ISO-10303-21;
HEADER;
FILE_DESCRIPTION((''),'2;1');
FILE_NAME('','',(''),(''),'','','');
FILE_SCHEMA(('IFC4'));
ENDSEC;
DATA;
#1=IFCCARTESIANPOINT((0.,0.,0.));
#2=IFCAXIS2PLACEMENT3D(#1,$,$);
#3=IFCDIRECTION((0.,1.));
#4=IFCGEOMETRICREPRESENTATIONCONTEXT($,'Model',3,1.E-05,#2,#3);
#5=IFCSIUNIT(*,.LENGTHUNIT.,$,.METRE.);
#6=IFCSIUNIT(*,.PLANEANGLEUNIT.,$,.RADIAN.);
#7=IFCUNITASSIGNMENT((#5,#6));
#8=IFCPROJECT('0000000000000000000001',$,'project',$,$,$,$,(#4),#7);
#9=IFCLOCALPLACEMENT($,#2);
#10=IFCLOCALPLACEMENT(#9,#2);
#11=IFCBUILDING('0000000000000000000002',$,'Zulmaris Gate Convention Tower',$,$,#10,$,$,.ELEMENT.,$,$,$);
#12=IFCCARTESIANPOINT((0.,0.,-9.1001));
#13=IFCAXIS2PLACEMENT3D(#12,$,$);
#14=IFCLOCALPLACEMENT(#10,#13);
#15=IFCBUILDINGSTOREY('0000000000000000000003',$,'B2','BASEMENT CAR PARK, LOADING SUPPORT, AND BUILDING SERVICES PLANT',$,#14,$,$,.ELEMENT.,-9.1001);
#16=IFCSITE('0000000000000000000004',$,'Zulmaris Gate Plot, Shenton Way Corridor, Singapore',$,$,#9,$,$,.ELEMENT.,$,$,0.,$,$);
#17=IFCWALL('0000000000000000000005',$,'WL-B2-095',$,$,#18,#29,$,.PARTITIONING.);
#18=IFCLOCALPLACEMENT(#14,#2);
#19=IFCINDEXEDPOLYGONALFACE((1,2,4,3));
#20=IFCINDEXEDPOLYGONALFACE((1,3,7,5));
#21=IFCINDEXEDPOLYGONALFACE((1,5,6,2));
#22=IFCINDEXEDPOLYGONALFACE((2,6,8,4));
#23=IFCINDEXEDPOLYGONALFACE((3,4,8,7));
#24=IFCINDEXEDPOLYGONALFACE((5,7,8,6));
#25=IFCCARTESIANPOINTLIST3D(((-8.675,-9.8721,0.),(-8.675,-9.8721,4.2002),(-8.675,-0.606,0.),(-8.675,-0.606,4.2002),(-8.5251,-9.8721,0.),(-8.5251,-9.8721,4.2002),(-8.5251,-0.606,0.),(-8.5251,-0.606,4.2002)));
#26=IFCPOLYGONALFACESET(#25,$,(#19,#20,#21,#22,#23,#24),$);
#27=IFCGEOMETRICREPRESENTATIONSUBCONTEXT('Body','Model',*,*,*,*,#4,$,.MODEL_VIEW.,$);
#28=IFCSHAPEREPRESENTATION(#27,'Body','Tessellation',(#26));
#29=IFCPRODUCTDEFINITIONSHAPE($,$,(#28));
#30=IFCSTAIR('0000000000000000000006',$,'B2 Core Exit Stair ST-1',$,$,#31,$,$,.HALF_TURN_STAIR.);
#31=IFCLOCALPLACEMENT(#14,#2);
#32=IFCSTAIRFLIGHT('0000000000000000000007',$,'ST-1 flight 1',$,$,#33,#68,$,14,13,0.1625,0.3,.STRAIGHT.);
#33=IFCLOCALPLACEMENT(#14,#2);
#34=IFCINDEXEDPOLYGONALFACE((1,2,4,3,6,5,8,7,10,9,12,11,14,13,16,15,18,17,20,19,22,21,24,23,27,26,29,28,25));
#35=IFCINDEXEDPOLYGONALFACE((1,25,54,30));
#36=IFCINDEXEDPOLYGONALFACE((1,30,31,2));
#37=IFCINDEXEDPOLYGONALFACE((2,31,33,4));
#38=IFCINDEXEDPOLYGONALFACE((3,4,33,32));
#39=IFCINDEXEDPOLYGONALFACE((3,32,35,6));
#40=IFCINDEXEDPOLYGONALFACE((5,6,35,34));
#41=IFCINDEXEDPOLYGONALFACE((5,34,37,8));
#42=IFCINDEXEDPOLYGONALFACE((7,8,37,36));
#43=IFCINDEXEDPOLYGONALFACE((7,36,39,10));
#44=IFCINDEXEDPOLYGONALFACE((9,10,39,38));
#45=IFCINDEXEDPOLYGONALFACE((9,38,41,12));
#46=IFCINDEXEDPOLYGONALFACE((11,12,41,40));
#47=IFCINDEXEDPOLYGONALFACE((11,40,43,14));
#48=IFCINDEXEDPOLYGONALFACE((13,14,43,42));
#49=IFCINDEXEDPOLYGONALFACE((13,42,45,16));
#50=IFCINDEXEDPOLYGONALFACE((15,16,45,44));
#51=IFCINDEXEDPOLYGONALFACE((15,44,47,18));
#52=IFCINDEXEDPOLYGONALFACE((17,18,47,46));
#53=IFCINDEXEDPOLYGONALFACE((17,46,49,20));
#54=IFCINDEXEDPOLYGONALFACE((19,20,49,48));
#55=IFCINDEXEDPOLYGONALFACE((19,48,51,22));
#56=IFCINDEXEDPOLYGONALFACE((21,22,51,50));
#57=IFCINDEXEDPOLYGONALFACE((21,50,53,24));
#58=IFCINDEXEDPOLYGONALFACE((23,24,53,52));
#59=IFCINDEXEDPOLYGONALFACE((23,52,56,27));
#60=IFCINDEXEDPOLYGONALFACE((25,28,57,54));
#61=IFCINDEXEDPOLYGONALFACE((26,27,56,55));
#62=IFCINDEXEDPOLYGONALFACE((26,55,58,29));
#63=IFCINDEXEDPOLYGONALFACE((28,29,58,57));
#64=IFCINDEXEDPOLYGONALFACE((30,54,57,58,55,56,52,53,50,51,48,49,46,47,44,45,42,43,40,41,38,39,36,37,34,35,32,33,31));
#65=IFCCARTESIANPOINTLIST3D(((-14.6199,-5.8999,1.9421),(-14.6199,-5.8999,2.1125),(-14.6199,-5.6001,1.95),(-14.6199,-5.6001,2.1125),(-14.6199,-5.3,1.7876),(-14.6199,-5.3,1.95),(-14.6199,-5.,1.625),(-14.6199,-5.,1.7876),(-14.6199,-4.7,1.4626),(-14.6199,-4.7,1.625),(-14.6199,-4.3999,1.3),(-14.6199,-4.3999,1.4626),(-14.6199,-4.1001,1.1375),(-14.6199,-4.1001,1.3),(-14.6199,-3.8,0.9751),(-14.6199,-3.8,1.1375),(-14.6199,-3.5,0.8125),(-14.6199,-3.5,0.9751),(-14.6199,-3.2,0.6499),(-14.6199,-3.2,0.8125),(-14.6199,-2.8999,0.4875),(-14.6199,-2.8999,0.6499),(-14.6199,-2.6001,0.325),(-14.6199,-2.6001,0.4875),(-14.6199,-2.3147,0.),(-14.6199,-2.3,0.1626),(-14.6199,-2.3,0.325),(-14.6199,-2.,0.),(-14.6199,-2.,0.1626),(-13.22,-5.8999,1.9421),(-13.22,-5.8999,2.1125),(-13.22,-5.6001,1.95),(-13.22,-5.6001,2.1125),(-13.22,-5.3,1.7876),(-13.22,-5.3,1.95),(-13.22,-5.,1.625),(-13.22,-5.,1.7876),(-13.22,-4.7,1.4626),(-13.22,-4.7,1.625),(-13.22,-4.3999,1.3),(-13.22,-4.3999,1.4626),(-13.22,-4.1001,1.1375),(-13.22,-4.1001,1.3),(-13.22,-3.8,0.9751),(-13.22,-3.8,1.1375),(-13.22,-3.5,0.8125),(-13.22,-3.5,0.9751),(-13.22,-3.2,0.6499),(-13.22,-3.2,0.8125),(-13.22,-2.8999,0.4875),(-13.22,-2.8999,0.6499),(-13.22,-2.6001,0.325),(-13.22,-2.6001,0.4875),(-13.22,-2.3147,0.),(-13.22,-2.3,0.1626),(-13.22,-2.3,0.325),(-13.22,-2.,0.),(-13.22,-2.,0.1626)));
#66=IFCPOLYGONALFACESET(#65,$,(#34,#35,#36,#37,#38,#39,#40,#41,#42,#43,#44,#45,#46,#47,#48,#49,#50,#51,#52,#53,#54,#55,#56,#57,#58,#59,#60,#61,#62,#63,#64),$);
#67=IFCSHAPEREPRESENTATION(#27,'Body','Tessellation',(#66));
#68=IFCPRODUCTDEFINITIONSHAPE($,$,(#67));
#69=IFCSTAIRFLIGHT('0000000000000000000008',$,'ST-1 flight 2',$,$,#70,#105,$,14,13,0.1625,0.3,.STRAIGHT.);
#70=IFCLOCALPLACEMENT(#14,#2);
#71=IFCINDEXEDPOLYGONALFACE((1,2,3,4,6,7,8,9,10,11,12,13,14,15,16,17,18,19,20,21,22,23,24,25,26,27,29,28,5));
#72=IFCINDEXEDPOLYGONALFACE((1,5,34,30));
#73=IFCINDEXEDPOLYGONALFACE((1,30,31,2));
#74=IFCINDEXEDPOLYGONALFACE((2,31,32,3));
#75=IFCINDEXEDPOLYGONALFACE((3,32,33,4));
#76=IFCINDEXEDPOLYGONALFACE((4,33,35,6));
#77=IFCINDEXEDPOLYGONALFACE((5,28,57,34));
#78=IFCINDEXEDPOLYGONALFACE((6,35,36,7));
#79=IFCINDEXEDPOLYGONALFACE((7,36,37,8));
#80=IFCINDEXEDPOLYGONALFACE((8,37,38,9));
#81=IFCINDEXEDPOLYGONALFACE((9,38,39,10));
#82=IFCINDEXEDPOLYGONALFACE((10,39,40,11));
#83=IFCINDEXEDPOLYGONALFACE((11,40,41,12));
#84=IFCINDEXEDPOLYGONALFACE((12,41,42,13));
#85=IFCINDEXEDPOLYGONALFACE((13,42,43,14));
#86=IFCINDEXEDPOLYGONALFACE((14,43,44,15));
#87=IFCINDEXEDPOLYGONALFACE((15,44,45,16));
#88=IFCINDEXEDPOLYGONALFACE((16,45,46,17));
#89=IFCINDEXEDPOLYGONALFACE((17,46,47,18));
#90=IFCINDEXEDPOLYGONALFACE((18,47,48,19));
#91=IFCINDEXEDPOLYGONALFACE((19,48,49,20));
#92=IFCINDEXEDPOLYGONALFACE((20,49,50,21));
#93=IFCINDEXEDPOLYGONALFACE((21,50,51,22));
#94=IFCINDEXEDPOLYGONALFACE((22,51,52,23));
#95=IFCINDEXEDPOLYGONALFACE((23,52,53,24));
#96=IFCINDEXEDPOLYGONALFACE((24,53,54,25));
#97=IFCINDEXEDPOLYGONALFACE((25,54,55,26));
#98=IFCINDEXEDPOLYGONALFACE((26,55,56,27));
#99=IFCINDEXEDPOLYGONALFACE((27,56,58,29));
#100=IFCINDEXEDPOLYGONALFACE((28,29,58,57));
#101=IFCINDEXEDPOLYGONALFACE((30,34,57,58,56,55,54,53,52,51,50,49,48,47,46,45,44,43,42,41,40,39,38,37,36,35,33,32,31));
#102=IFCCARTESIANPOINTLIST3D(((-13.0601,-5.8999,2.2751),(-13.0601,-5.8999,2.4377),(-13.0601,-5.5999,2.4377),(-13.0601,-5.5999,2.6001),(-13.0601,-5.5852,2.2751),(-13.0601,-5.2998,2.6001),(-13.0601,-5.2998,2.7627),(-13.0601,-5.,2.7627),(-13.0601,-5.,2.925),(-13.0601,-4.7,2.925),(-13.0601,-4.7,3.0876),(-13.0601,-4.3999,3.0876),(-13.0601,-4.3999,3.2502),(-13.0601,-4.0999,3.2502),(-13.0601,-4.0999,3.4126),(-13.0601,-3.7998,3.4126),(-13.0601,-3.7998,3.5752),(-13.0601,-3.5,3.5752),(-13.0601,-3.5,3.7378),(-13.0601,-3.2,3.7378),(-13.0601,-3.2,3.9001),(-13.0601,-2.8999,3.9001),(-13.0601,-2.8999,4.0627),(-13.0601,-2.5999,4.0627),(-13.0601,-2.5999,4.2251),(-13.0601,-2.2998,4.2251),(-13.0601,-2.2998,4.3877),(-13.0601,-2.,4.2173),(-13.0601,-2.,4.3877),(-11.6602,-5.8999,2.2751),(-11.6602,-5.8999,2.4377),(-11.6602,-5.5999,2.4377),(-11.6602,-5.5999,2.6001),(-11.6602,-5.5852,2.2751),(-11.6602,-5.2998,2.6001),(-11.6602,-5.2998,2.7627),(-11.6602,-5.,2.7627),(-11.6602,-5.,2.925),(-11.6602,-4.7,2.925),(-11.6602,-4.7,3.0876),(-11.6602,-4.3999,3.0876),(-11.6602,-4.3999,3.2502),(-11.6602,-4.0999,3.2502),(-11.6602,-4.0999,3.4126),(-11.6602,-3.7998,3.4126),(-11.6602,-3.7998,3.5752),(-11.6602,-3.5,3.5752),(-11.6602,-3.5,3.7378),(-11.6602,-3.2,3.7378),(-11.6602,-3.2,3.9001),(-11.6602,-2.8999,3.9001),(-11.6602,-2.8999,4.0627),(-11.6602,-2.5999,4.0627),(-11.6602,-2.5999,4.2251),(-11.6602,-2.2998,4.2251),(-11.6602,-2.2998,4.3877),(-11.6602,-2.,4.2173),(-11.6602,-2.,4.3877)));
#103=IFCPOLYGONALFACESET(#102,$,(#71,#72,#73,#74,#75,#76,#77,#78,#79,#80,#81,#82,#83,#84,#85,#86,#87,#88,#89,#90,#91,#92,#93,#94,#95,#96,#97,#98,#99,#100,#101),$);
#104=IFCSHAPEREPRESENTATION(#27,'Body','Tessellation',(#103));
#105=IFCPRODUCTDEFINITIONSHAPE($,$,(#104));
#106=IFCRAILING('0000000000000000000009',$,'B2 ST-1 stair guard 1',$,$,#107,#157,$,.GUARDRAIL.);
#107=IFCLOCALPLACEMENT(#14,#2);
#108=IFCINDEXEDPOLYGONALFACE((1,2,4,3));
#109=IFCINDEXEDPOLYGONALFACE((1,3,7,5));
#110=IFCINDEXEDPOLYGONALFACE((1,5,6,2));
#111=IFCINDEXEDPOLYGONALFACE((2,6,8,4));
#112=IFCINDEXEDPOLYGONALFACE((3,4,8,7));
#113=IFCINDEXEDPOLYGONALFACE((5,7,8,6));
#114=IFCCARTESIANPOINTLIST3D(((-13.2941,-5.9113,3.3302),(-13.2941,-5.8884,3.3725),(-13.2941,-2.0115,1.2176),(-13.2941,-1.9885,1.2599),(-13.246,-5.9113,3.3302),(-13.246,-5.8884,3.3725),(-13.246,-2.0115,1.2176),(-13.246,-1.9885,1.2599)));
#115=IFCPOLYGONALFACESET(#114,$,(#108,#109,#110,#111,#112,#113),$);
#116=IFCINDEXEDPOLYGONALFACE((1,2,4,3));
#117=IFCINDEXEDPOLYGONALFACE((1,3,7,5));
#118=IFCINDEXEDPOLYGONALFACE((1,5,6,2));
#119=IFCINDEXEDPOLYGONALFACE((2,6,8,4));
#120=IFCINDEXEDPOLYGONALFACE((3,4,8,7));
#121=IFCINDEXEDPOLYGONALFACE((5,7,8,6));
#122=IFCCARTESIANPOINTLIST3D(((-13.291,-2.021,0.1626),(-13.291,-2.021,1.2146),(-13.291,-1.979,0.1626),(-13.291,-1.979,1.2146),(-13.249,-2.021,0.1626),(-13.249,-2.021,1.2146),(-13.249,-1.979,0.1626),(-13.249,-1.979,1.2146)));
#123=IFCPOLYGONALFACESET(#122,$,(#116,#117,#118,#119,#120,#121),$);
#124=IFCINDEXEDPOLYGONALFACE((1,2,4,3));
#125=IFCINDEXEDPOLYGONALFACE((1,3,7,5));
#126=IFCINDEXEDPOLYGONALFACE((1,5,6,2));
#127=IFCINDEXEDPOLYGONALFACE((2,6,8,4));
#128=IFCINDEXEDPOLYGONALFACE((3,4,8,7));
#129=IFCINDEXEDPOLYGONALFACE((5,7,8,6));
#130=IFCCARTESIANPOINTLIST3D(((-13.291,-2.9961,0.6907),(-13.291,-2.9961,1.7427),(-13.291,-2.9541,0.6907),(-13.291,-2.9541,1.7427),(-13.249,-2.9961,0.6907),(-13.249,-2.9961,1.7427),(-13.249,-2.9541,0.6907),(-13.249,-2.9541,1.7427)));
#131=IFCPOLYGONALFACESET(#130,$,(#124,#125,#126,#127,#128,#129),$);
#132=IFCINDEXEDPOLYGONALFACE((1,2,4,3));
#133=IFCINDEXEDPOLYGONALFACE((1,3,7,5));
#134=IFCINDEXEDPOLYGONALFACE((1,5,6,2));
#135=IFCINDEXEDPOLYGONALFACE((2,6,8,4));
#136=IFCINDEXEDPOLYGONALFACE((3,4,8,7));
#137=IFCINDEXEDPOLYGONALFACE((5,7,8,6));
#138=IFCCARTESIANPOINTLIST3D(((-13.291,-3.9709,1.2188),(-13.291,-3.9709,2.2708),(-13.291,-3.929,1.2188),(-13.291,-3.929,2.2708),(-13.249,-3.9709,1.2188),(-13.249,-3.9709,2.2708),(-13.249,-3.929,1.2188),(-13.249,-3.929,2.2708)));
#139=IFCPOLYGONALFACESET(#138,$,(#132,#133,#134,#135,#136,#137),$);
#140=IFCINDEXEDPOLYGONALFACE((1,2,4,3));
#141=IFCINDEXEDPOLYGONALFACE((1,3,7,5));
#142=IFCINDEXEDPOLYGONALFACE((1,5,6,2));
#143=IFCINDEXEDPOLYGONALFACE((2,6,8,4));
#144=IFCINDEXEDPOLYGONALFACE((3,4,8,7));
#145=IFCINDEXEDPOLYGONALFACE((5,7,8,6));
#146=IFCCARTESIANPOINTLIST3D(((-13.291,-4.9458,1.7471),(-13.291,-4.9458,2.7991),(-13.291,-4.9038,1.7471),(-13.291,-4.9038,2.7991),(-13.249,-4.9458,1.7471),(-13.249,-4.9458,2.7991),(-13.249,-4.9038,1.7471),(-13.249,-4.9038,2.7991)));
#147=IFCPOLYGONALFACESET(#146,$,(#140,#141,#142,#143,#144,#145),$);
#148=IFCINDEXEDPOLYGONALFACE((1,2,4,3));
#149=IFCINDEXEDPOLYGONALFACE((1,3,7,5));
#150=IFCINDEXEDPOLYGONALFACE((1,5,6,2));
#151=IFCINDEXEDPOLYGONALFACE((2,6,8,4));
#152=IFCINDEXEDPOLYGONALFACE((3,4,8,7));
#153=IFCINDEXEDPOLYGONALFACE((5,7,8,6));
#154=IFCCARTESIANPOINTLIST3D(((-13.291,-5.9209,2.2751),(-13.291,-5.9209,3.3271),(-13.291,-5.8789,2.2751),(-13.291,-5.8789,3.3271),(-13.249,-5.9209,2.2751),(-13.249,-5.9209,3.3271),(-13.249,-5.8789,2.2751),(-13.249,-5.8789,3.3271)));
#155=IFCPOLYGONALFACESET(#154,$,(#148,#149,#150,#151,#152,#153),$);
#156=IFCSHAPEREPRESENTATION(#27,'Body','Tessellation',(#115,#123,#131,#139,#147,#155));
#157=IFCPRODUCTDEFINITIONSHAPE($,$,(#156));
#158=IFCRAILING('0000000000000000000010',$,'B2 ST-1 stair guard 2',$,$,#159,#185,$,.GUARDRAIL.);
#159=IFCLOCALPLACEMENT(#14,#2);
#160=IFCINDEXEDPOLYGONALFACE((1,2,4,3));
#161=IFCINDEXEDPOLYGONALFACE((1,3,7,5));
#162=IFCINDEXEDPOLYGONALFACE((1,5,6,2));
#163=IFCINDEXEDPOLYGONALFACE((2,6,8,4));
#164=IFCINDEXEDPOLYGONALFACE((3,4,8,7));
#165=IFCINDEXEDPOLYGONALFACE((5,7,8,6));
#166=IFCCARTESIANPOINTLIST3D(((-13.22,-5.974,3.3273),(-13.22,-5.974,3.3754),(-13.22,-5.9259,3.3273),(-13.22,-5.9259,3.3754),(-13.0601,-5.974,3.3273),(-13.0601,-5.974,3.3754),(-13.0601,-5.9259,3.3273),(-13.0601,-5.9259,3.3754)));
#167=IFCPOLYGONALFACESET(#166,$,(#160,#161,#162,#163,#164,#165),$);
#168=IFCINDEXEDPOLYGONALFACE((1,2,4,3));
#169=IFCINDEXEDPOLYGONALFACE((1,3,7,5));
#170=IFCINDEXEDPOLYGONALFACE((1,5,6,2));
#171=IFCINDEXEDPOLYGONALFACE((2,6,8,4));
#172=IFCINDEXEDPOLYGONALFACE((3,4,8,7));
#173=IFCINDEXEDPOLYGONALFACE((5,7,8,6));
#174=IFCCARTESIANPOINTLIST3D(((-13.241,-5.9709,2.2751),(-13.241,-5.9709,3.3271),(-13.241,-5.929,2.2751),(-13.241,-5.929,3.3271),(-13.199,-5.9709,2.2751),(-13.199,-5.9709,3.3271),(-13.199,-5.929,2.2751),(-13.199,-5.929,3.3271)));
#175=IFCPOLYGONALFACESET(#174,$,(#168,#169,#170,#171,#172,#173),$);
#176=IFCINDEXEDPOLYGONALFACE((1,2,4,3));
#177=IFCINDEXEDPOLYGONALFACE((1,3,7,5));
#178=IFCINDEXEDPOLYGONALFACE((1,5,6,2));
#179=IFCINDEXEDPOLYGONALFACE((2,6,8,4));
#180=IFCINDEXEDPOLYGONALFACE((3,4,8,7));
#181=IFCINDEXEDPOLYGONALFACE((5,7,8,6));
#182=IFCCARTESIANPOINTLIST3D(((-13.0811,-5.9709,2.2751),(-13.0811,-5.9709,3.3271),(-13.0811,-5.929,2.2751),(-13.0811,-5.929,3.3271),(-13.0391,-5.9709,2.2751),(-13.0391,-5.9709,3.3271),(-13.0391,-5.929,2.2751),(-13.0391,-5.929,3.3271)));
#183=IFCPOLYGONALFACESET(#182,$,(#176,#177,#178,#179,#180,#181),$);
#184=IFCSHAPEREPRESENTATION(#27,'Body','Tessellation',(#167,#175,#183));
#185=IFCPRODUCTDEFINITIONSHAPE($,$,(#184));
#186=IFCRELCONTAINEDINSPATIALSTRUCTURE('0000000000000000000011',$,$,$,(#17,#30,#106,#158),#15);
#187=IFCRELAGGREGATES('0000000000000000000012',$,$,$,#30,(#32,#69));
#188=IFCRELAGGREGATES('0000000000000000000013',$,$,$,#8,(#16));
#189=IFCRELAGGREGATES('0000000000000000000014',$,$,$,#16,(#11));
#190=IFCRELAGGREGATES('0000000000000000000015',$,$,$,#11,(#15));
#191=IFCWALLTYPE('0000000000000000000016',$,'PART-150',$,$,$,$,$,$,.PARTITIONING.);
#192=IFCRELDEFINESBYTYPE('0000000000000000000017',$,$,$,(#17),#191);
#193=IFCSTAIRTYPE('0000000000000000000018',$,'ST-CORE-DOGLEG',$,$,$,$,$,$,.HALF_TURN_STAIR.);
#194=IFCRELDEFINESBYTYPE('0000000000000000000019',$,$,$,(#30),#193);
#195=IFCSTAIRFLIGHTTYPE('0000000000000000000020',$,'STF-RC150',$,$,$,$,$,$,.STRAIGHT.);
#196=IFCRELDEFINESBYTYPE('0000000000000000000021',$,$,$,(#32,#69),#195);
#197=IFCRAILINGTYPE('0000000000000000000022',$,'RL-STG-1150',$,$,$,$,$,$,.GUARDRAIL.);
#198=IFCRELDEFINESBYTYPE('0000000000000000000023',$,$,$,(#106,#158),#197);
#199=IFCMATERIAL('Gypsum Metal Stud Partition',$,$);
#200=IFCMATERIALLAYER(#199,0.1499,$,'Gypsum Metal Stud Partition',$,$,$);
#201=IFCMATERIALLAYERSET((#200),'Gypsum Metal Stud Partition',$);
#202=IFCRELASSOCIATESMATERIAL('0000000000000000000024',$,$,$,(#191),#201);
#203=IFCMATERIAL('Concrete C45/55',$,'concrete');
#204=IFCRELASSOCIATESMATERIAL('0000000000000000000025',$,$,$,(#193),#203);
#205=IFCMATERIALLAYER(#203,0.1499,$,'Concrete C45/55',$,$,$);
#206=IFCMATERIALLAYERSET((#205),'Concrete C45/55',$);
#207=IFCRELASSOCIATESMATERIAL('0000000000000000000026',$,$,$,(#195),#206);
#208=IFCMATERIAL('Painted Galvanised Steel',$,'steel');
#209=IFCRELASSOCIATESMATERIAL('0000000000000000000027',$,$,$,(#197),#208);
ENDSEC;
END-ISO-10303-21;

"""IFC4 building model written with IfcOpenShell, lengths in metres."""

from ifc_helpers import new_model, si_unit, direction, frame, frame_2d, origin, origin_2d, place, context, subcontext, project, spatial, polyline, rectangle, outline, extrude, material, layer, layer_set, type_object, element, aggregate, save


model = new_model("IFC4")

# Units and contexts
model_context = context("Model", 3, precision=1e-05, world=origin(), true_north=direction((0.0, 1.0)))
body_context = subcontext(model_context, "Body", "Model", "MODEL_VIEW")
ifc_project = project(units=[si_unit("LENGTHUNIT", "METRE"), si_unit("PLANEANGLEUNIT", "RADIAN")], contexts=[model_context])

# Site, building, storey
site_placement = place(None, origin())
site = spatial("IfcSite", under=ifc_project, at=site_placement, Name="Zulmaris Gate Plot, Shenton Way Corridor, Singapore", CompositionType="ELEMENT", RefElevation=0.0)
building_placement = place(site_placement, origin())
building = spatial("IfcBuilding", under=site, at=building_placement, Name="Zulmaris Gate Convention Tower", CompositionType="ELEMENT")
storey_placement = place(building_placement, frame((0.0, 0.0, -9.1001)))
storey = spatial("IfcBuildingStorey", under=building, at=storey_placement, Name="B2", Description="BASEMENT CAR PARK, LOADING SUPPORT, AND BUILDING SERVICES PLANT", CompositionType="ELEMENT", Elevation=-9.1001)

# Shared definitions
ifc_material_1 = material(Name="Gypsum Metal Stud Partition")
ifc_layer_1 = layer(ifc_material_1, 0.1499, Name="Gypsum Metal Stud Partition")
ifc_layer_set_1 = layer_set([ifc_layer_1], Name="Gypsum Metal Stud Partition")
wall_type_1 = type_object("IfcWallType", Name="PART-150", PredefinedType="PARTITIONING", material=ifc_layer_set_1)

# Wall
wall_1_placement = place(storey_placement, frame((-8.6001, -9.8721, 0.0), z_axis=(0.0, 0.0, 1.0), x_axis=(0.0, 1.0, 0.0)))
element("IfcWall", 1, at=wall_1_placement, inside=storey, type_object=wall_type_1, Name="WL-B2-095", PredefinedType="PARTITIONING", context=body_context, shape_type="SweptSolid", body=[
    extrude(rectangle(XDim=9.2661, YDim=0.1499, at=frame_2d((4.6331, 0.0))), origin(), (0.0, 0.0, 1.0), 4.2002),
])

# Stair, stair flights
ifc_material_2 = material(Name="Concrete C45/55", Category="concrete")
stair_type = type_object("IfcStairType", Name="ST-CORE-DOGLEG", PredefinedType="HALF_TURN_STAIR", material=ifc_material_2)
stair_placement = place(storey_placement, origin())
stair = element("IfcStair", 2, at=stair_placement, inside=storey, type_object=stair_type, Name="B2 Core Exit Stair ST-1", PredefinedType="HALF_TURN_STAIR")
ifc_layer_2 = layer(ifc_material_2, 0.1499, Name="Concrete C45/55")
ifc_layer_set_2 = layer_set([ifc_layer_2], Name="Concrete C45/55")
stair_flight_type = type_object("IfcStairFlightType", Name="STF-RC150", PredefinedType="STRAIGHT", material=ifc_layer_set_2)
stair_flight_1_placement = place(storey_placement, frame((-13.9199, -2.0, 0.0), z_axis=(0.0, 0.0, 1.0), x_axis=(0.0, -1.0, 0.0)))
stair_flight_1 = element("IfcStairFlight", 3, at=stair_flight_1_placement, type_object=stair_flight_type, Name="ST-1 flight 1", NumberOfRisers=14, NumberOfTreads=13, PredefinedType="STRAIGHT", RiserHeight=0.1625, TreadLength=0.3, context=body_context, shape_type="SweptSolid", body=[
    extrude(outline(polyline([(0.0, 0.0), (0.0, 0.1626), (0.3, 0.1626), (0.3, 0.325), (0.6001, 0.325), (0.6001, 0.4875), (0.8999, 0.4875), (0.8999, 0.6499), (1.2, 0.6499), (1.2, 0.8125), (1.5, 0.8125), (1.5, 0.9751), (1.8, 0.9751), (1.8, 1.1375), (2.1001, 1.1375), (2.1001, 1.3), (2.3999, 1.3), (2.3999, 1.4626), (2.7, 1.4626), (2.7, 1.625), (3.0, 1.625), (3.0, 1.7876), (3.3, 1.7876), (3.3, 1.95), (3.6001, 1.95), (3.6001, 2.1125), (3.8999, 2.1125), (3.8999, 2.2751), (3.8999, 1.9421), (0.3147, 0.0), (0.0, 0.0)])), frame((0.0, 0.7, 0.0), z_axis=(0.0, -1.0, 0.0), x_axis=(1.0, 0.0, 0.0)), (0.0, 0.0, 1.0), 1.3999),
])
stair_flight_2_placement = place(storey_placement, frame((-12.3601, -5.8999, 2.2751), z_axis=(0.0, 0.0, 1.0), x_axis=(0.0, 1.0, 0.0)))
stair_flight_2 = element("IfcStairFlight", 4, at=stair_flight_2_placement, type_object=stair_flight_type, Name="ST-1 flight 2", NumberOfRisers=14, NumberOfTreads=13, PredefinedType="STRAIGHT", RiserHeight=0.1625, TreadLength=0.3, context=body_context, shape_type="SweptSolid", body=[
    extrude(outline(polyline([(0.0, 0.0), (0.0, 0.1626), (0.3, 0.1626), (0.3, 0.325), (0.6001, 0.325), (0.6001, 0.4875), (0.8999, 0.4875), (0.8999, 0.6499), (1.2, 0.6499), (1.2, 0.8125), (1.5, 0.8125), (1.5, 0.9751), (1.8, 0.9751), (1.8, 1.1375), (2.1001, 1.1375), (2.1001, 1.3), (2.3999, 1.3), (2.3999, 1.4626), (2.7, 1.4626), (2.7, 1.625), (3.0, 1.625), (3.0, 1.7876), (3.3, 1.7876), (3.3, 1.95), (3.6001, 1.95), (3.6001, 2.1125), (3.8999, 2.1125), (3.8999, 2.2751), (3.8999, 1.9421), (0.3147, 0.0), (0.0, 0.0)])), frame((0.0, 0.7, 0.0), z_axis=(0.0, -1.0, 0.0), x_axis=(1.0, 0.0, 0.0)), (0.0, 0.0, 1.0), 1.3999),
])
aggregate(stair, [stair_flight_1, stair_flight_2])

# Railings
ifc_material_3 = material(Name="Painted Galvanised Steel", Category="steel")
railing_type_1 = type_object("IfcRailingType", Name="RL-STG-1150", PredefinedType="GUARDRAIL", material=ifc_material_3)
railing_1_placement = place(storey_placement, frame((-13.27, -2.0, 0.1626)))
element("IfcRailing", 5, at=railing_1_placement, inside=storey, type_object=railing_type_1, Name="B2 ST-1 stair guard 1", PredefinedType="GUARDRAIL", context=body_context, shape_type="SweptSolid", body=[
    extrude(rectangle(XDim=0.0481, YDim=0.0481, at=origin_2d()), frame((0.0, 0.0, 1.0762), z_axis=(0.0, -0.879282, 0.476301), x_axis=(1.0, 0.0, 0.0)), (0.0, 0.0, 1.0), 4.4353),
    extrude(rectangle(XDim=0.042, YDim=0.042, at=origin_2d()), origin(), (0.0, 0.0, 1.0), 1.052),
    extrude(rectangle(XDim=0.042, YDim=0.042, at=origin_2d()), frame((0.0, -0.9751, 0.5281)), (0.0, 0.0, 1.0), 1.052),
    extrude(rectangle(XDim=0.042, YDim=0.042, at=origin_2d()), frame((0.0, -1.95, 1.0562)), (0.0, 0.0, 1.0), 1.052),
    extrude(rectangle(XDim=0.042, YDim=0.042, at=origin_2d()), frame((0.0, -2.9248, 1.5845)), (0.0, 0.0, 1.0), 1.052),
    extrude(rectangle(XDim=0.042, YDim=0.042, at=origin_2d()), frame((0.0, -3.8999, 2.1125)), (0.0, 0.0, 1.0), 1.052),
])
railing_2_placement = place(storey_placement, frame((-13.22, -5.95, 2.2751)))
element("IfcRailing", 6, at=railing_2_placement, inside=storey, type_object=railing_type_1, Name="B2 ST-1 stair guard 2", PredefinedType="GUARDRAIL", context=body_context, shape_type="SweptSolid", body=[
    extrude(rectangle(XDim=0.0481, YDim=0.0481, at=origin_2d()), frame((0.0, 0.0, 1.0762), z_axis=(1.0, 0.0, 0.0), x_axis=(0.0, 1.0, 0.0)), (0.0, 0.0, 1.0), 0.1599),
    extrude(rectangle(XDim=0.042, YDim=0.042, at=origin_2d()), origin(), (0.0, 0.0, 1.0), 1.052),
    extrude(rectangle(XDim=0.042, YDim=0.042, at=origin_2d()), frame((0.1599, 0.0, 0.0)), (0.0, 0.0, 1.0), 1.052),
])

save(model, "model.ifc")
